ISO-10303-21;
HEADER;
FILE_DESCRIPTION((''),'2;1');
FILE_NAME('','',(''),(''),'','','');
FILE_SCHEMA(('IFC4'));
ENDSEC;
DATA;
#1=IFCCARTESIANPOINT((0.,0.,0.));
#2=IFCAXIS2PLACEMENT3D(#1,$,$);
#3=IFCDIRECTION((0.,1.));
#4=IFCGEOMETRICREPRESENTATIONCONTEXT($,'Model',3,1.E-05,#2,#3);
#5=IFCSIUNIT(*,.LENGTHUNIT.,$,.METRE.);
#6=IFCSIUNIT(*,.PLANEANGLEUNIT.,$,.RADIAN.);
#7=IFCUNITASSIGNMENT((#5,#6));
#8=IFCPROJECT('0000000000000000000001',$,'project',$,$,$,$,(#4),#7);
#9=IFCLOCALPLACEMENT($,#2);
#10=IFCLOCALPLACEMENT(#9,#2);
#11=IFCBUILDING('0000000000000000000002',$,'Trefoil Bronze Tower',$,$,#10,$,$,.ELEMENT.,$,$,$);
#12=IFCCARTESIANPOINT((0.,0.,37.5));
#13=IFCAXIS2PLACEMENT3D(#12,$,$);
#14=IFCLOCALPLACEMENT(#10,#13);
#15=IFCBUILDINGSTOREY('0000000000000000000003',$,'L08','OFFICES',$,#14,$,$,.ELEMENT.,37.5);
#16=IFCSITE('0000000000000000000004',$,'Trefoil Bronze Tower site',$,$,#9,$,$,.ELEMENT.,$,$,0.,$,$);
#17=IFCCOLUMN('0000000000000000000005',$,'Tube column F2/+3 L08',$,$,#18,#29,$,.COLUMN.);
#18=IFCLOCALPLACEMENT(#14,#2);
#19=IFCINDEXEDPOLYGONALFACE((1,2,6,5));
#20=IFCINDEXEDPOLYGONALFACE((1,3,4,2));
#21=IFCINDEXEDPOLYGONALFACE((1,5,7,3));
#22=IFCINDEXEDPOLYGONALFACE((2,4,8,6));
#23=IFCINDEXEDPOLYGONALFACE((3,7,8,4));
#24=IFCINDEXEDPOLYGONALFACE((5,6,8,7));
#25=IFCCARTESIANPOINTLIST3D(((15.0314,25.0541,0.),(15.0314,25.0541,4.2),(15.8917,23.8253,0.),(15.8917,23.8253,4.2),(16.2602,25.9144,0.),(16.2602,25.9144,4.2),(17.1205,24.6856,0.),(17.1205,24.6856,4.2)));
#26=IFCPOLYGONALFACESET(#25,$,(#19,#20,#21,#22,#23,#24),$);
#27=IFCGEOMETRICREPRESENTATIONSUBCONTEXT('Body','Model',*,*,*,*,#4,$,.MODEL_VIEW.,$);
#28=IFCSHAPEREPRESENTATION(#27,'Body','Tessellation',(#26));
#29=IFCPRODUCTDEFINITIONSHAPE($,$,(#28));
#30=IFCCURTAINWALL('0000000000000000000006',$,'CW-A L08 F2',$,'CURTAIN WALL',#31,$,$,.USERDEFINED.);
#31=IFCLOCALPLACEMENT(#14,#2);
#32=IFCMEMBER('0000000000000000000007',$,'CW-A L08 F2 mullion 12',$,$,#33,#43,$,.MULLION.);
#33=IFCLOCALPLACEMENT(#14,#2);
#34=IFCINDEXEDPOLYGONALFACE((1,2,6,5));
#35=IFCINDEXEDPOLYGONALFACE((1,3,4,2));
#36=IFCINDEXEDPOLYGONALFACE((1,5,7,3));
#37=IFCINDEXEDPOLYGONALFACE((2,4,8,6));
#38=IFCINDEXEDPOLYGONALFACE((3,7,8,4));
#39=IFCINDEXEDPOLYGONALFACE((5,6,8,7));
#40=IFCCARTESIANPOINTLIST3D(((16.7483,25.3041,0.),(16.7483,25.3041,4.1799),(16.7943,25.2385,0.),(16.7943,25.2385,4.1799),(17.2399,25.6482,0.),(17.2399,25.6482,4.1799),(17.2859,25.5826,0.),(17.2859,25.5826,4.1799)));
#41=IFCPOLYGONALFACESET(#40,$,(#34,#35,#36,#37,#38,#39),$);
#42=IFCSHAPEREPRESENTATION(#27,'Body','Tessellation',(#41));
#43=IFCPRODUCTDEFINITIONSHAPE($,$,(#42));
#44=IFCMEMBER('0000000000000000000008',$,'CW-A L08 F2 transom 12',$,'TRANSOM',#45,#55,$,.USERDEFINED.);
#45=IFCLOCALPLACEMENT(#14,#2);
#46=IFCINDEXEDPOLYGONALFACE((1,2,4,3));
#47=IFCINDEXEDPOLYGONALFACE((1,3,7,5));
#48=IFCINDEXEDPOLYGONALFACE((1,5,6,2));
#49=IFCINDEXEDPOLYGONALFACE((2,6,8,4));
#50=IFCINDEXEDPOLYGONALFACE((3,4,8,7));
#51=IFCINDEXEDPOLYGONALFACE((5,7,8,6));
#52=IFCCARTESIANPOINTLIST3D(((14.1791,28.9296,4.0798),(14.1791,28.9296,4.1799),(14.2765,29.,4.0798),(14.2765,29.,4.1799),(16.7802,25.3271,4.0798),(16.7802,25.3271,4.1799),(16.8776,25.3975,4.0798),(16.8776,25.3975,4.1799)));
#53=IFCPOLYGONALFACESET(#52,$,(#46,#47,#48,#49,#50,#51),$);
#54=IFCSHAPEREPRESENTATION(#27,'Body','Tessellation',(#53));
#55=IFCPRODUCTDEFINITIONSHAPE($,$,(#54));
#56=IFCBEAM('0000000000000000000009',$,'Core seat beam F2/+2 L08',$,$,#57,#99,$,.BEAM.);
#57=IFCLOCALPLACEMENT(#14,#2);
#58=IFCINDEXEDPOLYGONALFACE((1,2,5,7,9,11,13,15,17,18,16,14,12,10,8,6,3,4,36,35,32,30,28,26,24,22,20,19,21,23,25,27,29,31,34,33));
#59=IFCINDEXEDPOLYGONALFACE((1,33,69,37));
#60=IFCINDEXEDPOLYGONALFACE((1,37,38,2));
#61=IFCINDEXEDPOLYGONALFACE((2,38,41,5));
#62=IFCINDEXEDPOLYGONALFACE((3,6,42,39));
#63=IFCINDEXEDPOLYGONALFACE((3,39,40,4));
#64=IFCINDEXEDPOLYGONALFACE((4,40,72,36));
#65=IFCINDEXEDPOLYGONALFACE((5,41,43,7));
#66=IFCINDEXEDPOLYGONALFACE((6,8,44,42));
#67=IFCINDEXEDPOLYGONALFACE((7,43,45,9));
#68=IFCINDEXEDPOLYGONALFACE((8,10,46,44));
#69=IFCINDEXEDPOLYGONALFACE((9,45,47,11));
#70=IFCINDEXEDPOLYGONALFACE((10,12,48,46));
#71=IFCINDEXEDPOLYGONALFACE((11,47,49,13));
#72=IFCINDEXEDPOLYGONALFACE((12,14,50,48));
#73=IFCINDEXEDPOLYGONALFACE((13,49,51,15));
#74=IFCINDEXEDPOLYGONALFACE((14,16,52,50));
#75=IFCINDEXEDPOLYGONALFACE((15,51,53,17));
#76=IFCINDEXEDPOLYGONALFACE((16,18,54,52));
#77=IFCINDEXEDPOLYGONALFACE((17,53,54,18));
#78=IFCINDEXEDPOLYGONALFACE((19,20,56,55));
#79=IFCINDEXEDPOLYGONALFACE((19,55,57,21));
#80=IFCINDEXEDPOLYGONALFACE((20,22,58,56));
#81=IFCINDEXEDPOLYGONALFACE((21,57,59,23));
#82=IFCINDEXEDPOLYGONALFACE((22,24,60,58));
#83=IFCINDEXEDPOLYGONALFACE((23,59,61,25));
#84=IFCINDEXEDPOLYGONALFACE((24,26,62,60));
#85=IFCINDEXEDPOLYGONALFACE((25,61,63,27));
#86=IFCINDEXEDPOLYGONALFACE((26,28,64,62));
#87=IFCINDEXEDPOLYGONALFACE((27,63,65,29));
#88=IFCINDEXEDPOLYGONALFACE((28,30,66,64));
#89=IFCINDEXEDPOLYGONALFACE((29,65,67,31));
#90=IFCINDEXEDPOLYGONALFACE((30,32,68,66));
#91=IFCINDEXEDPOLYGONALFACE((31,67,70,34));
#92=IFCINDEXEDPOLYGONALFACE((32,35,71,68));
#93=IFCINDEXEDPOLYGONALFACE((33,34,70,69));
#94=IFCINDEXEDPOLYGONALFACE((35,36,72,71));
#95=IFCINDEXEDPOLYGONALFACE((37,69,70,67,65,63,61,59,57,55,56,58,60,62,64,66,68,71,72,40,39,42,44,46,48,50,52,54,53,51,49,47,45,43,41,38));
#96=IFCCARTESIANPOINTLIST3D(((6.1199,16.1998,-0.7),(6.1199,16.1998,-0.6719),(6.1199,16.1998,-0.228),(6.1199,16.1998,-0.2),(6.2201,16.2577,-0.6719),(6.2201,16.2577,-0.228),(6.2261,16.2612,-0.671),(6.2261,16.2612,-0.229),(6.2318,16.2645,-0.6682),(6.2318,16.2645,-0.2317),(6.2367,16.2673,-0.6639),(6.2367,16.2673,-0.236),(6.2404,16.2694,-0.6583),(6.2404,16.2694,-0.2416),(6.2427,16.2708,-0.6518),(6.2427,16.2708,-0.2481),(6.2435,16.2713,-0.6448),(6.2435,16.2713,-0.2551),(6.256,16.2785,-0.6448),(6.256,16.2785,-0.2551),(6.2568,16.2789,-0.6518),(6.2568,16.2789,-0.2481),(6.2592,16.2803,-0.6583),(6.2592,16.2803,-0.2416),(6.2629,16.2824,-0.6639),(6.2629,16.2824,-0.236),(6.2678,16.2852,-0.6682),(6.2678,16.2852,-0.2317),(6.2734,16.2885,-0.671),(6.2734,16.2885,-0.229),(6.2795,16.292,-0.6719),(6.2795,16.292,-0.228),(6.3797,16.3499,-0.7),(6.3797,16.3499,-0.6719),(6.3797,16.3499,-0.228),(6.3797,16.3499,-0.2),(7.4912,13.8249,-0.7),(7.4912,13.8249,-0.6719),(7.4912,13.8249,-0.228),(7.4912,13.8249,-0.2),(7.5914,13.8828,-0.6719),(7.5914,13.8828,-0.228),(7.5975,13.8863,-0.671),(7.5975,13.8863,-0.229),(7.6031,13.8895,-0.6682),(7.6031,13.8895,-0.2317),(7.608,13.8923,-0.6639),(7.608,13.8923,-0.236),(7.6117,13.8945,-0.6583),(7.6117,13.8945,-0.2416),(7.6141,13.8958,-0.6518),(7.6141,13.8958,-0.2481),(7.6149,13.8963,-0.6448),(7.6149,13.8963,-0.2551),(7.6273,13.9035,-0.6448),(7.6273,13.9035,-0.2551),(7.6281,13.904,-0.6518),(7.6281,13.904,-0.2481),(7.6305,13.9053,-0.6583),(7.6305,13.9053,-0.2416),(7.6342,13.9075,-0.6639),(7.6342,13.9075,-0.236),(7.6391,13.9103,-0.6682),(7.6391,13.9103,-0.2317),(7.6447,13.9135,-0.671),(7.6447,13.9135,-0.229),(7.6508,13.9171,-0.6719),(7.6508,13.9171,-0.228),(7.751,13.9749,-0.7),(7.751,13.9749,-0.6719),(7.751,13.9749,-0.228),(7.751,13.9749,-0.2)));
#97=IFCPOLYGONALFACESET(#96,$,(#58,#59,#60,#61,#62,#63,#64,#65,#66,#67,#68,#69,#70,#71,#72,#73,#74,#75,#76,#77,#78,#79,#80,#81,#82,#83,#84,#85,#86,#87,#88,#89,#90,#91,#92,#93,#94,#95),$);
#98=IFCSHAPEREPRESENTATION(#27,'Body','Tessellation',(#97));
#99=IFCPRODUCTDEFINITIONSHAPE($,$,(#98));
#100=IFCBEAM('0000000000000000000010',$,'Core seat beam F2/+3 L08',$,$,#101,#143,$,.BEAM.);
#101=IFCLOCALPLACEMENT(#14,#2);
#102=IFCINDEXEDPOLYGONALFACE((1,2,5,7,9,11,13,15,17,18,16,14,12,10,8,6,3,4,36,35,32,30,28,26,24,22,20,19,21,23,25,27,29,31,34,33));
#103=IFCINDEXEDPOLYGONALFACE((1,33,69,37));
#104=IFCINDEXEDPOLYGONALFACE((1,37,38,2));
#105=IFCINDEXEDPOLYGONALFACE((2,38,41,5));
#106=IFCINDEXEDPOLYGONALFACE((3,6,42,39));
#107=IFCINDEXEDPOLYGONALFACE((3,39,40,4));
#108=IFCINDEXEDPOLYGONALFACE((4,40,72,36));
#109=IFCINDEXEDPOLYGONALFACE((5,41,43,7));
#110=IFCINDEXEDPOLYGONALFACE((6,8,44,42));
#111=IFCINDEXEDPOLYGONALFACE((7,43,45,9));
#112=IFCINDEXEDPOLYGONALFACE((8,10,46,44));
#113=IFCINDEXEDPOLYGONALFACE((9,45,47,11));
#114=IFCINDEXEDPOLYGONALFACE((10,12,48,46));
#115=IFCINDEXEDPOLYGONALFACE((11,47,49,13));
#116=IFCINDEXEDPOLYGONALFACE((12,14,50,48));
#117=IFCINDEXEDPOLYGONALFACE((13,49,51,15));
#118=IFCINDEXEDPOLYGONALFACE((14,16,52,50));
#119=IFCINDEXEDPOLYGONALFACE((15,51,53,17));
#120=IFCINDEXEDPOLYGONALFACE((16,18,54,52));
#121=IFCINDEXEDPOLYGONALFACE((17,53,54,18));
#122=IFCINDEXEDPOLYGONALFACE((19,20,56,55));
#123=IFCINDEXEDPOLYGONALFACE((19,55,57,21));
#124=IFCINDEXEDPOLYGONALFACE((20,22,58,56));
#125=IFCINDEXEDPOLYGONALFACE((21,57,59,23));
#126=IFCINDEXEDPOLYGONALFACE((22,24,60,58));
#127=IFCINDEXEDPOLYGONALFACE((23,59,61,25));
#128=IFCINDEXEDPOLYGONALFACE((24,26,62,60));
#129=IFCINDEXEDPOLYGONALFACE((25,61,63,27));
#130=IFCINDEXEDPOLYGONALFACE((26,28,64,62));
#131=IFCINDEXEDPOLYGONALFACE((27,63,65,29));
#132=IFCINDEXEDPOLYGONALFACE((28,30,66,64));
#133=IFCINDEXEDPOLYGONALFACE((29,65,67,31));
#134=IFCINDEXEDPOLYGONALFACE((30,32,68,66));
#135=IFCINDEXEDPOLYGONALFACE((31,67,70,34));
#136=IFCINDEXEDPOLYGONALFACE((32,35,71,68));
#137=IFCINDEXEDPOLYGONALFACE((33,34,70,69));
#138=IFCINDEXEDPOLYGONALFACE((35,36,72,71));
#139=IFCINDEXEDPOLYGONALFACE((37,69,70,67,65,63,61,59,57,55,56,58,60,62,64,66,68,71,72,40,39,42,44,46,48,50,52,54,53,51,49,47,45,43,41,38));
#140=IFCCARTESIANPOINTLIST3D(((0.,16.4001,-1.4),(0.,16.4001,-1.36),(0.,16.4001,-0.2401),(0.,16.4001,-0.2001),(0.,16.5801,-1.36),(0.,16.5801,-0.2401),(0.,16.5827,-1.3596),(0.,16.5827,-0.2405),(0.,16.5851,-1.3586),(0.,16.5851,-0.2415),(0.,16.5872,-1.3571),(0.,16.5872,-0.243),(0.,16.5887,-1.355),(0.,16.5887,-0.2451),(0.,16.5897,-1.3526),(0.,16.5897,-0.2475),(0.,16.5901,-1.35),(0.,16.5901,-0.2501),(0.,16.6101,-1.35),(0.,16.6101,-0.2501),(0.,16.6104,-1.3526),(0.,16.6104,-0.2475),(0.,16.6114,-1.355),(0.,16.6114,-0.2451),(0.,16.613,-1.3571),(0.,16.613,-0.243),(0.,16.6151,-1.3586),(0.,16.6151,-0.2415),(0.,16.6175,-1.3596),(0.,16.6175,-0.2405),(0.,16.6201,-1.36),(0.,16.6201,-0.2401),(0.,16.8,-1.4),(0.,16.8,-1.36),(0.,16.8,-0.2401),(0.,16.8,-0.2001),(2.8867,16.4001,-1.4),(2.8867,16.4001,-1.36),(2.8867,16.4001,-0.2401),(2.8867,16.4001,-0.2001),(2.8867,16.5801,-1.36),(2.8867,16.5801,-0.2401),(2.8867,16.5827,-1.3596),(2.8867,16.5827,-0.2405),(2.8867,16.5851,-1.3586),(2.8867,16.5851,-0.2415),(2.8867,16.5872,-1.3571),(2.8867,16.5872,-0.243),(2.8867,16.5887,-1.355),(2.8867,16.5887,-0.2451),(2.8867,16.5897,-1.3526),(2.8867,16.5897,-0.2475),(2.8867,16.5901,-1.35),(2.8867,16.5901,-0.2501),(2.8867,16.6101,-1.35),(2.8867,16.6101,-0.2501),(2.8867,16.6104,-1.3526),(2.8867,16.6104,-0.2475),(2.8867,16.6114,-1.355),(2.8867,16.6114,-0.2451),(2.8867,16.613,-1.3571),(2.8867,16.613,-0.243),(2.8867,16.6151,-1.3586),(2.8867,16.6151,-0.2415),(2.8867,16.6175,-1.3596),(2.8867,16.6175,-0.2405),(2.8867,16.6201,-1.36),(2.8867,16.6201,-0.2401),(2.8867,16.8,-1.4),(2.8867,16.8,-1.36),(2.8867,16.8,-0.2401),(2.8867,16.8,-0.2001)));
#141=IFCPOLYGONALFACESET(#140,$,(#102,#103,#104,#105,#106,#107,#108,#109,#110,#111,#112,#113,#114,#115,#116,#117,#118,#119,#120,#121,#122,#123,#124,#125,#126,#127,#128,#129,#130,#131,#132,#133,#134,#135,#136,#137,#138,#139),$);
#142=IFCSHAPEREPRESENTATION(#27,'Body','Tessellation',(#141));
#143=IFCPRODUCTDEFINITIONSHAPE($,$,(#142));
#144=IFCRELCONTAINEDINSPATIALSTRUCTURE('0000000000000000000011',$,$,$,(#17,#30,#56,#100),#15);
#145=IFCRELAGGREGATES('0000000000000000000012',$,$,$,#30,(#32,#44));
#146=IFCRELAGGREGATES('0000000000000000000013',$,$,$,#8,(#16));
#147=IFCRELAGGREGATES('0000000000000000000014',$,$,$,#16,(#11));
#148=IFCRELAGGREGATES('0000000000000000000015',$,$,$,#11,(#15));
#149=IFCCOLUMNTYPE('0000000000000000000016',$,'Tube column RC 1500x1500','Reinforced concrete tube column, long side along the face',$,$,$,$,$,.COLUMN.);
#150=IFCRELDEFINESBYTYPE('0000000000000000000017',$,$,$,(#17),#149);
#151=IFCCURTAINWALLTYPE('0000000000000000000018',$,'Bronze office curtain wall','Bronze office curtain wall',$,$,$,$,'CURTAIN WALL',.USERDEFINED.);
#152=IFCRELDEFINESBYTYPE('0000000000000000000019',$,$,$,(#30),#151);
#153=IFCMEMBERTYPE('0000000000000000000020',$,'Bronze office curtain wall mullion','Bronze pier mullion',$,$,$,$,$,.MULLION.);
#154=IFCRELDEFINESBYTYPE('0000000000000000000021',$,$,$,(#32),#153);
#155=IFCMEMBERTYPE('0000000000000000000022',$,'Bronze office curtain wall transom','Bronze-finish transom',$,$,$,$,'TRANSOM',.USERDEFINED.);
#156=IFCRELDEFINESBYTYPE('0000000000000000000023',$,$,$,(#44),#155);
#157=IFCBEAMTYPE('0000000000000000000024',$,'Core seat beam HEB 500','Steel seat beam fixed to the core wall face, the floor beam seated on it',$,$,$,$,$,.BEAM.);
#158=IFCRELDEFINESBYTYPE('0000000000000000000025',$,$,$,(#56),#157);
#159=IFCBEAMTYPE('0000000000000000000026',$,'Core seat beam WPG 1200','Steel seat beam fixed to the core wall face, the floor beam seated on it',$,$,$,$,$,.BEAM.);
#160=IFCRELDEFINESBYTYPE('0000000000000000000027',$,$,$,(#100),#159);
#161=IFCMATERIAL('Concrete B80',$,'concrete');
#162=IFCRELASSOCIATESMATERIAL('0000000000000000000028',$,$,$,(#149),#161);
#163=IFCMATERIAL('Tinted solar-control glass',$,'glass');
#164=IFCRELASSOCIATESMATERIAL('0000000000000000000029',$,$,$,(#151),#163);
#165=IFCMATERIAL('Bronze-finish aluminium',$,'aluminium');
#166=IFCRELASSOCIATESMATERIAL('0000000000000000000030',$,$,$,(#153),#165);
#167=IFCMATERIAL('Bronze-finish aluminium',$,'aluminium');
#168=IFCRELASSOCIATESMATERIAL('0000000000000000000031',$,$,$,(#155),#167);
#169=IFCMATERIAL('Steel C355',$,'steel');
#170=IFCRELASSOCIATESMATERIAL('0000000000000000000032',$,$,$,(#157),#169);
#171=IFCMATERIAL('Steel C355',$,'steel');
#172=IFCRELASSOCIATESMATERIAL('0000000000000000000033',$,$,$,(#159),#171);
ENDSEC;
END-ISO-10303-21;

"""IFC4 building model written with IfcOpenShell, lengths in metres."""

from ifc_helpers import new_model, si_unit, direction, frame, origin, origin_2d, place, context, subcontext, project, spatial, rectangle, i_section, extrude, material, material_profile, profile_set, type_object, element, aggregate, save


model = new_model("IFC4")

# Units and contexts
model_context = context("Model", 3, precision=1e-05, world=origin(), true_north=direction((0.0, 1.0)))
body_context = subcontext(model_context, "Body", "Model", "MODEL_VIEW")
ifc_project = project(units=[si_unit("LENGTHUNIT", "METRE"), si_unit("PLANEANGLEUNIT", "RADIAN")], contexts=[model_context])

# Site, building, storey
site_placement = place(None, origin())
site = spatial("IfcSite", under=ifc_project, at=site_placement, Name="Trefoil Bronze Tower site", CompositionType="ELEMENT", RefElevation=0.0)
building_placement = place(site_placement, origin())
building = spatial("IfcBuilding", under=site, at=building_placement, Name="Trefoil Bronze Tower", CompositionType="ELEMENT")
storey_placement = place(building_placement, frame((0.0, 0.0, 37.5)))
storey = spatial("IfcBuildingStorey", under=building, at=storey_placement, Name="L08", Description="OFFICES", CompositionType="ELEMENT", Elevation=37.5)

# Column
ifc_material_1 = material(Name="Concrete B80", Category="concrete")
ifc_material_profile_1 = material_profile(ifc_material_1, rectangle(XDim=1.5, YDim=1.5, at=origin_2d()), Name="RC 1500x1500")
ifc_profile_set_1 = profile_set([ifc_material_profile_1], Name="Concrete B80")
column_type = type_object("IfcColumnType", Name="Tube column RC 1500x1500", Description="Reinforced concrete tube column, long side along the face", PredefinedType="COLUMN", material=ifc_profile_set_1)
column_placement = place(storey_placement, frame((16.0759, 24.8699, 0.0), z_axis=(0.0, 0.0, 1.0), x_axis=(-0.573502, 0.819204, 0.0)))
element("IfcColumn", 1, at=column_placement, inside=storey, type_object=column_type, Name="Tube column F2/+3 L08", PredefinedType="COLUMN", context=body_context, shape_type="SweptSolid", body=[
    extrude(rectangle(XDim=1.5, YDim=1.5, at=origin_2d()), origin(), (0.0, 0.0, 1.0), 4.2),
])

# Curtain wall, members
ifc_material_2 = material(Name="Tinted solar-control glass", Category="glass")
curtain_wall_type = type_object("IfcCurtainWallType", Name="Bronze office curtain wall", Description="Bronze office curtain wall", ElementType="CURTAIN WALL", PredefinedType="USERDEFINED", material=ifc_material_2)
curtain_wall_placement = place(storey_placement, origin())
curtain_wall = element("IfcCurtainWall", 2, at=curtain_wall_placement, inside=storey, type_object=curtain_wall_type, Name="CW-A L08 F2", ObjectType="CURTAIN WALL", PredefinedType="USERDEFINED")
ifc_material_3 = material(Name="Bronze-finish aluminium", Category="aluminium")
ifc_material_profile_2 = material_profile(ifc_material_3, rectangle(XDim=0.6001, YDim=0.0801, at=origin_2d()), Name="CW-A mullion")
ifc_profile_set_2 = profile_set([ifc_material_profile_2], Name="Bronze-finish aluminium")
member_type_1 = type_object("IfcMemberType", Name="Bronze office curtain wall mullion", Description="Bronze pier mullion", PredefinedType="MULLION", material=ifc_profile_set_2)
member_1_placement = place(storey_placement, frame((17.0171, 25.4434, 0.0), z_axis=(0.0, 0.0, 1.0), x_axis=(-0.819204, -0.573502, 0.0)))
member_1 = element("IfcMember", 3, at=member_1_placement, type_object=member_type_1, Name="CW-A L08 F2 mullion 12", PredefinedType="MULLION", context=body_context, shape_type="SweptSolid", body=[
    extrude(rectangle(XDim=0.6001, YDim=0.0801, at=origin_2d()), origin(), (0.0, 0.0, 1.0), 4.1799),
])
ifc_material_4 = material(Name="Bronze-finish aluminium", Category="aluminium")
ifc_material_profile_3 = material_profile(ifc_material_4, rectangle(XDim=0.1201, YDim=0.1001, at=origin_2d()), Name="CW-A transom")
ifc_profile_set_3 = profile_set([ifc_material_profile_3], Name="Bronze-finish aluminium")
member_type_2 = type_object("IfcMemberType", Name="Bronze office curtain wall transom", Description="Bronze-finish transom", ElementType="TRANSOM", PredefinedType="USERDEFINED", material=ifc_profile_set_3)
member_2_placement = place(storey_placement, frame((16.8289, 25.3623, 4.1299), z_axis=(-0.585378, 0.81076, 0.0), x_axis=(-0.81076, -0.585378, 0.0)))
member_2 = element("IfcMember", 4, at=member_2_placement, type_object=member_type_2, Name="CW-A L08 F2 transom 12", ObjectType="TRANSOM", PredefinedType="USERDEFINED", context=body_context, shape_type="SweptSolid", body=[
    extrude(rectangle(XDim=0.1201, YDim=0.1001, at=origin_2d()), origin(), (0.0, 0.0, 1.0), 4.4434),
])

# Beams
ifc_material_5 = material(Name="Steel C355", Category="steel")
ifc_material_profile_4 = material_profile(ifc_material_5, i_section(OverallWidth=0.3, OverallDepth=0.5, WebThickness=0.0144, FlangeThickness=0.0281, FilletRadius=0.0271, at=origin_2d()), Name="HEB 500")
ifc_profile_set_4 = profile_set([ifc_material_profile_4], Name="Steel C355")
beam_type_1 = type_object("IfcBeamType", Name="Core seat beam HEB 500", Description="Steel seat beam fixed to the core wall face, the floor beam seated on it", PredefinedType="BEAM", material=ifc_profile_set_4)
beam_1_placement = place(storey_placement, frame((7.6211, 13.8999, -0.45), z_axis=(-0.500036, 0.866005, 0.0), x_axis=(-0.866005, -0.500036, 0.0)))
element("IfcBeam", 5, at=beam_1_placement, inside=storey, type_object=beam_type_1, Name="Core seat beam F2/+2 L08", PredefinedType="BEAM", context=body_context, shape_type="SweptSolid", body=[
    extrude(i_section(OverallWidth=0.3, OverallDepth=0.5, WebThickness=0.0144, FlangeThickness=0.0281, FilletRadius=0.0271, at=origin_2d()), origin(), (0.0, 0.0, 1.0), 2.7424),
])
ifc_material_6 = material(Name="Steel C355", Category="steel")
ifc_material_profile_5 = material_profile(ifc_material_6, i_section(OverallWidth=0.3999, OverallDepth=1.2, WebThickness=0.02, FlangeThickness=0.04, FilletRadius=0.01, at=origin_2d()), Name="WPG 1200")
ifc_profile_set_5 = profile_set([ifc_material_profile_5], Name="Steel C355")
beam_type_2 = type_object("IfcBeamType", Name="Core seat beam WPG 1200", Description="Steel seat beam fixed to the core wall face, the floor beam seated on it", PredefinedType="BEAM", material=ifc_profile_set_5)
beam_2_placement = place(storey_placement, frame((2.8867, 16.6001, -0.8), z_axis=(-1.0, 0.0, 0.0), x_axis=(0.0, -1.0, 0.0)))
element("IfcBeam", 6, at=beam_2_placement, inside=storey, type_object=beam_type_2, Name="Core seat beam F2/+3 L08", PredefinedType="BEAM", context=body_context, shape_type="SweptSolid", body=[
    extrude(i_section(OverallWidth=0.3999, OverallDepth=1.2, WebThickness=0.02, FlangeThickness=0.04, FilletRadius=0.01, at=origin_2d()), origin(), (0.0, 0.0, 1.0), 2.8867),
])

aggregate(curtain_wall, [member_1, member_2])

save(model, "model.ifc")
